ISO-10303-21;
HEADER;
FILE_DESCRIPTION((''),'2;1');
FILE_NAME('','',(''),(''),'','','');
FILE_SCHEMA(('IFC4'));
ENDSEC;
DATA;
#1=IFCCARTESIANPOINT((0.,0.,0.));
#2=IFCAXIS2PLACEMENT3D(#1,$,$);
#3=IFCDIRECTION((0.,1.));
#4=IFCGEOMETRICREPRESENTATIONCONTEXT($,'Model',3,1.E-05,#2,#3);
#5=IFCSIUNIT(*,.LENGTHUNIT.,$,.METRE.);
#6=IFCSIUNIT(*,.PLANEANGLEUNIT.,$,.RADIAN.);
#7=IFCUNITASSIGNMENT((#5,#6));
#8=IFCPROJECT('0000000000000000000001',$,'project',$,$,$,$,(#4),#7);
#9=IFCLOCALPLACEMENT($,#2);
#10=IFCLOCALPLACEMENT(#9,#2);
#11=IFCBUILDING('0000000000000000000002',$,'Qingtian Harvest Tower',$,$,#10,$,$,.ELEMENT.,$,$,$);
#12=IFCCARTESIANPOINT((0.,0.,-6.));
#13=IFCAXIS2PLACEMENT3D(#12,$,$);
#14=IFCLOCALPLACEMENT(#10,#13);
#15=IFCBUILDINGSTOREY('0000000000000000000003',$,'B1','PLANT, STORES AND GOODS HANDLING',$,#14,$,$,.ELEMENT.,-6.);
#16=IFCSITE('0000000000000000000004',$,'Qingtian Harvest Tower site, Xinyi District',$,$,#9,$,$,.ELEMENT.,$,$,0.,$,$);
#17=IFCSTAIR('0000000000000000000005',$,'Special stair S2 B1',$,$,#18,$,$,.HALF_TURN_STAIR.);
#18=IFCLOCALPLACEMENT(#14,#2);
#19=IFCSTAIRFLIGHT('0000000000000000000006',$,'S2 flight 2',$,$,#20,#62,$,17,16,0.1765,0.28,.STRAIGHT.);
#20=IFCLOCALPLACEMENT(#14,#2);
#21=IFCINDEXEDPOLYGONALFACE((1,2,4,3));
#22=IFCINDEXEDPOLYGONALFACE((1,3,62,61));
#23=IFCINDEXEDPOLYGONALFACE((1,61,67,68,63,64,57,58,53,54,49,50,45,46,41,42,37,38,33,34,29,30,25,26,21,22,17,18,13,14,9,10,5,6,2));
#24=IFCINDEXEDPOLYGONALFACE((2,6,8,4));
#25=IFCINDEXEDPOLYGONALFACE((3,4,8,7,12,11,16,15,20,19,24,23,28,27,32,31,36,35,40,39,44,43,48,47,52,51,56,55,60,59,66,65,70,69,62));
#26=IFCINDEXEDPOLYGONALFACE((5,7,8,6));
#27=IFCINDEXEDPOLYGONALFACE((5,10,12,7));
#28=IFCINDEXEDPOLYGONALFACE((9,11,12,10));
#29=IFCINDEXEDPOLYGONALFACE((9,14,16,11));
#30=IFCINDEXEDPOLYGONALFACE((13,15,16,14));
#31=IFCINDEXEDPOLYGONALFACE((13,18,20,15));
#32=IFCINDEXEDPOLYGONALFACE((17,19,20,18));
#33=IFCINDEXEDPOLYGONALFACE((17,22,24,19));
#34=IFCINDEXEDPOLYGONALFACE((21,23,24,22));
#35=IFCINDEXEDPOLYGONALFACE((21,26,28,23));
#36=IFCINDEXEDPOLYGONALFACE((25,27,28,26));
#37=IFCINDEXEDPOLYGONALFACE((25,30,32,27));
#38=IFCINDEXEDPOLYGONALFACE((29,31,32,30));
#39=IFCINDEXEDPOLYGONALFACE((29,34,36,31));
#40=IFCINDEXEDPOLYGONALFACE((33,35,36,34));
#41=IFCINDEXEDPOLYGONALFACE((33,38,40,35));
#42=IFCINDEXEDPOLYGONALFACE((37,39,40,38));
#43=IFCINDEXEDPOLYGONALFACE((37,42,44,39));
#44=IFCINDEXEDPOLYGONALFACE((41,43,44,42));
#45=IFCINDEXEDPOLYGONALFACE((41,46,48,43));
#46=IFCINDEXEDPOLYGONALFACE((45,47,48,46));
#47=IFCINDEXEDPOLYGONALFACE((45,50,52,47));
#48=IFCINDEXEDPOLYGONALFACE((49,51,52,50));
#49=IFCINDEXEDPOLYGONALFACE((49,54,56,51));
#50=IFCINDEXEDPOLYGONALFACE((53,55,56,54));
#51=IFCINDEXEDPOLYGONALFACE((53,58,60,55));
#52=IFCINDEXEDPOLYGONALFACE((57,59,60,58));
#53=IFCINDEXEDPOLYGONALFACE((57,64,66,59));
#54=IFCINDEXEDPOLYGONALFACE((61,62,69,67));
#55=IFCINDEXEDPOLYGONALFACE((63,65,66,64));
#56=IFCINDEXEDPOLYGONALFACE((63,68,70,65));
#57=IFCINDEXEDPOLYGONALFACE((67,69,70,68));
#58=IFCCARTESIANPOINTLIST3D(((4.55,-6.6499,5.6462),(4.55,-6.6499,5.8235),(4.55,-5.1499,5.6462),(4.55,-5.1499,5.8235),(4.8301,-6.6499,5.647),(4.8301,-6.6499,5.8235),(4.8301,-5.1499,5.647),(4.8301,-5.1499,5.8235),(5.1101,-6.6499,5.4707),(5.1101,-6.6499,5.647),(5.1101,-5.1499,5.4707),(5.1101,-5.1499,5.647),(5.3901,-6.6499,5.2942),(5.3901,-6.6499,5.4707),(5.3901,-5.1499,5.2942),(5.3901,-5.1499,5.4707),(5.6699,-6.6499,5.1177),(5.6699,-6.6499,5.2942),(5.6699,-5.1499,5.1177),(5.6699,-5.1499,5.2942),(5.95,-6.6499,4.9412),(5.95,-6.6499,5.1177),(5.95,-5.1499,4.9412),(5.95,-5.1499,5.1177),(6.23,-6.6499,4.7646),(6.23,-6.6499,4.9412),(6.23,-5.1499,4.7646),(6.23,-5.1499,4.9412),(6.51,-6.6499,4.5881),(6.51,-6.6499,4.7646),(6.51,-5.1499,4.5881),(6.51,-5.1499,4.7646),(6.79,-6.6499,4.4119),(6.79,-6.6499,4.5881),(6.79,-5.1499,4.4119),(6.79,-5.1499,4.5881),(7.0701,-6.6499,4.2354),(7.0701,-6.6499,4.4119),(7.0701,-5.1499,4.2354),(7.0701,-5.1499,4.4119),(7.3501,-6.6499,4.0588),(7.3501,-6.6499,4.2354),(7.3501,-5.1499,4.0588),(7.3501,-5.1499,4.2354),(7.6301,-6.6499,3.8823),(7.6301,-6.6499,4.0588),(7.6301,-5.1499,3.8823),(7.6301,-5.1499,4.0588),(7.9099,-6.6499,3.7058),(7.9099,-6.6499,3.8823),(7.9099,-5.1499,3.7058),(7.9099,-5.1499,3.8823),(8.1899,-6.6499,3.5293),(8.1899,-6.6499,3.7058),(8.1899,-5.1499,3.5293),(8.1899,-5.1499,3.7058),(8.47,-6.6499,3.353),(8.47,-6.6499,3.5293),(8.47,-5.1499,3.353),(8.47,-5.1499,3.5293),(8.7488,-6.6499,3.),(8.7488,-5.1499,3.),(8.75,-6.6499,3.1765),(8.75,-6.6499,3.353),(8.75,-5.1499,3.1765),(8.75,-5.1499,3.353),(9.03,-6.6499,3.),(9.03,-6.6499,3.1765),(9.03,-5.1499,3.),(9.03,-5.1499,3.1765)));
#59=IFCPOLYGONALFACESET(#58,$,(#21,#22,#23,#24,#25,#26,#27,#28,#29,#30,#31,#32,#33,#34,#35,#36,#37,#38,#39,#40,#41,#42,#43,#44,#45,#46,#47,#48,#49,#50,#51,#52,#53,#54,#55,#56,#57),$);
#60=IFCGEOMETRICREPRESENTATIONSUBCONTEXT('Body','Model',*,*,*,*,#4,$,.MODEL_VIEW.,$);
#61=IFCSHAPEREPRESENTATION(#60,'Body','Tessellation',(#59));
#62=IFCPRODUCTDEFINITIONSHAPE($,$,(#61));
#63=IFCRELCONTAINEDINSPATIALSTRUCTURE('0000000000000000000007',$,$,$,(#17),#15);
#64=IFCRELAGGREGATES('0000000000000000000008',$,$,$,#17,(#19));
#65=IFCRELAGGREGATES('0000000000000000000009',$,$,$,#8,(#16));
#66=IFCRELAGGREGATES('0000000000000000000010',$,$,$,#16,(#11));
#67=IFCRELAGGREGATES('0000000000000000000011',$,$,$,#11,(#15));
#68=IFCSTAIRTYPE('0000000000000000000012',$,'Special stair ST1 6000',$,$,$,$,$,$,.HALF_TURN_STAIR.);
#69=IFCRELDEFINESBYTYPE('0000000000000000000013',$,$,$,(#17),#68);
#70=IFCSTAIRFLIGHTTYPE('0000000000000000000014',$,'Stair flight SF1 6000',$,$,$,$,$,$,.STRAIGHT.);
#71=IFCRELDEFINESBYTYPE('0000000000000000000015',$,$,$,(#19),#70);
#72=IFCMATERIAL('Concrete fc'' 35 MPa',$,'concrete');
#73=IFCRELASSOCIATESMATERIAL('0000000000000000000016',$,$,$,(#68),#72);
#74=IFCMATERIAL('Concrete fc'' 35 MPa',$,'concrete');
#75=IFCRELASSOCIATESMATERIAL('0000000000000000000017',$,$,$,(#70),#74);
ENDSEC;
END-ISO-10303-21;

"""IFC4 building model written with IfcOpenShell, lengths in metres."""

from ifc_helpers import new_model, si_unit, direction, frame, origin, place, context, subcontext, project, spatial, polyline, outline, extrude, material, type_object, element, aggregate, save


model = new_model("IFC4")

# Units and contexts
model_context = context("Model", 3, precision=1e-05, world=origin(), true_north=direction((0.0, 1.0)))
body_context = subcontext(model_context, "Body", "Model", "MODEL_VIEW")
ifc_project = project(units=[si_unit("LENGTHUNIT", "METRE"), si_unit("PLANEANGLEUNIT", "RADIAN")], contexts=[model_context])

# Site, building, storey
site_placement = place(None, origin())
site = spatial("IfcSite", under=ifc_project, at=site_placement, Name="Qingtian Harvest Tower site, Xinyi District", CompositionType="ELEMENT", RefElevation=0.0)
building_placement = place(site_placement, origin())
building = spatial("IfcBuilding", under=site, at=building_placement, Name="Qingtian Harvest Tower", CompositionType="ELEMENT")
storey_placement = place(building_placement, frame((0.0, 0.0, -6.0)))
storey = spatial("IfcBuildingStorey", under=building, at=storey_placement, Name="B1", Description="PLANT, STORES AND GOODS HANDLING", CompositionType="ELEMENT", Elevation=-6.0)

# Stair, stair flight
ifc_material_1 = material(Name="Concrete fc' 35 MPa", Category="concrete")
stair_type = type_object("IfcStairType", Name="Special stair ST1 6000", PredefinedType="HALF_TURN_STAIR", material=ifc_material_1)
stair_placement = place(storey_placement, origin())
stair = element("IfcStair", 1, at=stair_placement, inside=storey, type_object=stair_type, Name="Special stair S2 B1", PredefinedType="HALF_TURN_STAIR")
ifc_material_2 = material(Name="Concrete fc' 35 MPa", Category="concrete")
stair_flight_type = type_object("IfcStairFlightType", Name="Stair flight SF1 6000", PredefinedType="STRAIGHT", material=ifc_material_2)
stair_flight_1_placement = place(storey_placement, frame((9.03, -5.8999, 3.0), z_axis=(0.0, 0.0, 1.0), x_axis=(-1.0, 0.0, 0.0)))
stair_flight_1 = element("IfcStairFlight", 2, at=stair_flight_1_placement, type_object=stair_flight_type, Name="S2 flight 2", NumberOfRisers=17, NumberOfTreads=16, PredefinedType="STRAIGHT", RiserHeight=0.1765, TreadLength=0.28, context=body_context, shape_type="SweptSolid", body=[
    extrude(outline(polyline([(0.0, 0.0), (0.0, 0.1765), (0.28, 0.1765), (0.28, 0.353), (0.5601, 0.353), (0.5601, 0.5293), (0.8401, 0.5293), (0.8401, 0.7058), (1.1201, 0.7058), (1.1201, 0.8823), (1.3999, 0.8823), (1.3999, 1.0588), (1.6799, 1.0588), (1.6799, 1.2354), (1.96, 1.2354), (1.96, 1.4119), (2.24, 1.4119), (2.24, 1.5881), (2.52, 1.5881), (2.52, 1.7646), (2.8, 1.7646), (2.8, 1.9412), (3.0801, 1.9412), (3.0801, 2.1177), (3.3601, 2.1177), (3.3601, 2.2942), (3.6399, 2.2942), (3.6399, 2.4707), (3.9199, 2.4707), (3.9199, 2.647), (4.2, 2.647), (4.2, 2.8235), (4.48, 2.8235), (4.48, 3.0), (4.48, 2.6462), (0.2812, 0.0), (0.0, 0.0)])), frame((0.0, 0.75, 0.0), z_axis=(0.0, -1.0, 0.0), x_axis=(1.0, 0.0, 0.0)), (0.0, 0.0, 1.0), 1.5),
])
aggregate(stair, [stair_flight_1])

save(model, "model.ifc")
